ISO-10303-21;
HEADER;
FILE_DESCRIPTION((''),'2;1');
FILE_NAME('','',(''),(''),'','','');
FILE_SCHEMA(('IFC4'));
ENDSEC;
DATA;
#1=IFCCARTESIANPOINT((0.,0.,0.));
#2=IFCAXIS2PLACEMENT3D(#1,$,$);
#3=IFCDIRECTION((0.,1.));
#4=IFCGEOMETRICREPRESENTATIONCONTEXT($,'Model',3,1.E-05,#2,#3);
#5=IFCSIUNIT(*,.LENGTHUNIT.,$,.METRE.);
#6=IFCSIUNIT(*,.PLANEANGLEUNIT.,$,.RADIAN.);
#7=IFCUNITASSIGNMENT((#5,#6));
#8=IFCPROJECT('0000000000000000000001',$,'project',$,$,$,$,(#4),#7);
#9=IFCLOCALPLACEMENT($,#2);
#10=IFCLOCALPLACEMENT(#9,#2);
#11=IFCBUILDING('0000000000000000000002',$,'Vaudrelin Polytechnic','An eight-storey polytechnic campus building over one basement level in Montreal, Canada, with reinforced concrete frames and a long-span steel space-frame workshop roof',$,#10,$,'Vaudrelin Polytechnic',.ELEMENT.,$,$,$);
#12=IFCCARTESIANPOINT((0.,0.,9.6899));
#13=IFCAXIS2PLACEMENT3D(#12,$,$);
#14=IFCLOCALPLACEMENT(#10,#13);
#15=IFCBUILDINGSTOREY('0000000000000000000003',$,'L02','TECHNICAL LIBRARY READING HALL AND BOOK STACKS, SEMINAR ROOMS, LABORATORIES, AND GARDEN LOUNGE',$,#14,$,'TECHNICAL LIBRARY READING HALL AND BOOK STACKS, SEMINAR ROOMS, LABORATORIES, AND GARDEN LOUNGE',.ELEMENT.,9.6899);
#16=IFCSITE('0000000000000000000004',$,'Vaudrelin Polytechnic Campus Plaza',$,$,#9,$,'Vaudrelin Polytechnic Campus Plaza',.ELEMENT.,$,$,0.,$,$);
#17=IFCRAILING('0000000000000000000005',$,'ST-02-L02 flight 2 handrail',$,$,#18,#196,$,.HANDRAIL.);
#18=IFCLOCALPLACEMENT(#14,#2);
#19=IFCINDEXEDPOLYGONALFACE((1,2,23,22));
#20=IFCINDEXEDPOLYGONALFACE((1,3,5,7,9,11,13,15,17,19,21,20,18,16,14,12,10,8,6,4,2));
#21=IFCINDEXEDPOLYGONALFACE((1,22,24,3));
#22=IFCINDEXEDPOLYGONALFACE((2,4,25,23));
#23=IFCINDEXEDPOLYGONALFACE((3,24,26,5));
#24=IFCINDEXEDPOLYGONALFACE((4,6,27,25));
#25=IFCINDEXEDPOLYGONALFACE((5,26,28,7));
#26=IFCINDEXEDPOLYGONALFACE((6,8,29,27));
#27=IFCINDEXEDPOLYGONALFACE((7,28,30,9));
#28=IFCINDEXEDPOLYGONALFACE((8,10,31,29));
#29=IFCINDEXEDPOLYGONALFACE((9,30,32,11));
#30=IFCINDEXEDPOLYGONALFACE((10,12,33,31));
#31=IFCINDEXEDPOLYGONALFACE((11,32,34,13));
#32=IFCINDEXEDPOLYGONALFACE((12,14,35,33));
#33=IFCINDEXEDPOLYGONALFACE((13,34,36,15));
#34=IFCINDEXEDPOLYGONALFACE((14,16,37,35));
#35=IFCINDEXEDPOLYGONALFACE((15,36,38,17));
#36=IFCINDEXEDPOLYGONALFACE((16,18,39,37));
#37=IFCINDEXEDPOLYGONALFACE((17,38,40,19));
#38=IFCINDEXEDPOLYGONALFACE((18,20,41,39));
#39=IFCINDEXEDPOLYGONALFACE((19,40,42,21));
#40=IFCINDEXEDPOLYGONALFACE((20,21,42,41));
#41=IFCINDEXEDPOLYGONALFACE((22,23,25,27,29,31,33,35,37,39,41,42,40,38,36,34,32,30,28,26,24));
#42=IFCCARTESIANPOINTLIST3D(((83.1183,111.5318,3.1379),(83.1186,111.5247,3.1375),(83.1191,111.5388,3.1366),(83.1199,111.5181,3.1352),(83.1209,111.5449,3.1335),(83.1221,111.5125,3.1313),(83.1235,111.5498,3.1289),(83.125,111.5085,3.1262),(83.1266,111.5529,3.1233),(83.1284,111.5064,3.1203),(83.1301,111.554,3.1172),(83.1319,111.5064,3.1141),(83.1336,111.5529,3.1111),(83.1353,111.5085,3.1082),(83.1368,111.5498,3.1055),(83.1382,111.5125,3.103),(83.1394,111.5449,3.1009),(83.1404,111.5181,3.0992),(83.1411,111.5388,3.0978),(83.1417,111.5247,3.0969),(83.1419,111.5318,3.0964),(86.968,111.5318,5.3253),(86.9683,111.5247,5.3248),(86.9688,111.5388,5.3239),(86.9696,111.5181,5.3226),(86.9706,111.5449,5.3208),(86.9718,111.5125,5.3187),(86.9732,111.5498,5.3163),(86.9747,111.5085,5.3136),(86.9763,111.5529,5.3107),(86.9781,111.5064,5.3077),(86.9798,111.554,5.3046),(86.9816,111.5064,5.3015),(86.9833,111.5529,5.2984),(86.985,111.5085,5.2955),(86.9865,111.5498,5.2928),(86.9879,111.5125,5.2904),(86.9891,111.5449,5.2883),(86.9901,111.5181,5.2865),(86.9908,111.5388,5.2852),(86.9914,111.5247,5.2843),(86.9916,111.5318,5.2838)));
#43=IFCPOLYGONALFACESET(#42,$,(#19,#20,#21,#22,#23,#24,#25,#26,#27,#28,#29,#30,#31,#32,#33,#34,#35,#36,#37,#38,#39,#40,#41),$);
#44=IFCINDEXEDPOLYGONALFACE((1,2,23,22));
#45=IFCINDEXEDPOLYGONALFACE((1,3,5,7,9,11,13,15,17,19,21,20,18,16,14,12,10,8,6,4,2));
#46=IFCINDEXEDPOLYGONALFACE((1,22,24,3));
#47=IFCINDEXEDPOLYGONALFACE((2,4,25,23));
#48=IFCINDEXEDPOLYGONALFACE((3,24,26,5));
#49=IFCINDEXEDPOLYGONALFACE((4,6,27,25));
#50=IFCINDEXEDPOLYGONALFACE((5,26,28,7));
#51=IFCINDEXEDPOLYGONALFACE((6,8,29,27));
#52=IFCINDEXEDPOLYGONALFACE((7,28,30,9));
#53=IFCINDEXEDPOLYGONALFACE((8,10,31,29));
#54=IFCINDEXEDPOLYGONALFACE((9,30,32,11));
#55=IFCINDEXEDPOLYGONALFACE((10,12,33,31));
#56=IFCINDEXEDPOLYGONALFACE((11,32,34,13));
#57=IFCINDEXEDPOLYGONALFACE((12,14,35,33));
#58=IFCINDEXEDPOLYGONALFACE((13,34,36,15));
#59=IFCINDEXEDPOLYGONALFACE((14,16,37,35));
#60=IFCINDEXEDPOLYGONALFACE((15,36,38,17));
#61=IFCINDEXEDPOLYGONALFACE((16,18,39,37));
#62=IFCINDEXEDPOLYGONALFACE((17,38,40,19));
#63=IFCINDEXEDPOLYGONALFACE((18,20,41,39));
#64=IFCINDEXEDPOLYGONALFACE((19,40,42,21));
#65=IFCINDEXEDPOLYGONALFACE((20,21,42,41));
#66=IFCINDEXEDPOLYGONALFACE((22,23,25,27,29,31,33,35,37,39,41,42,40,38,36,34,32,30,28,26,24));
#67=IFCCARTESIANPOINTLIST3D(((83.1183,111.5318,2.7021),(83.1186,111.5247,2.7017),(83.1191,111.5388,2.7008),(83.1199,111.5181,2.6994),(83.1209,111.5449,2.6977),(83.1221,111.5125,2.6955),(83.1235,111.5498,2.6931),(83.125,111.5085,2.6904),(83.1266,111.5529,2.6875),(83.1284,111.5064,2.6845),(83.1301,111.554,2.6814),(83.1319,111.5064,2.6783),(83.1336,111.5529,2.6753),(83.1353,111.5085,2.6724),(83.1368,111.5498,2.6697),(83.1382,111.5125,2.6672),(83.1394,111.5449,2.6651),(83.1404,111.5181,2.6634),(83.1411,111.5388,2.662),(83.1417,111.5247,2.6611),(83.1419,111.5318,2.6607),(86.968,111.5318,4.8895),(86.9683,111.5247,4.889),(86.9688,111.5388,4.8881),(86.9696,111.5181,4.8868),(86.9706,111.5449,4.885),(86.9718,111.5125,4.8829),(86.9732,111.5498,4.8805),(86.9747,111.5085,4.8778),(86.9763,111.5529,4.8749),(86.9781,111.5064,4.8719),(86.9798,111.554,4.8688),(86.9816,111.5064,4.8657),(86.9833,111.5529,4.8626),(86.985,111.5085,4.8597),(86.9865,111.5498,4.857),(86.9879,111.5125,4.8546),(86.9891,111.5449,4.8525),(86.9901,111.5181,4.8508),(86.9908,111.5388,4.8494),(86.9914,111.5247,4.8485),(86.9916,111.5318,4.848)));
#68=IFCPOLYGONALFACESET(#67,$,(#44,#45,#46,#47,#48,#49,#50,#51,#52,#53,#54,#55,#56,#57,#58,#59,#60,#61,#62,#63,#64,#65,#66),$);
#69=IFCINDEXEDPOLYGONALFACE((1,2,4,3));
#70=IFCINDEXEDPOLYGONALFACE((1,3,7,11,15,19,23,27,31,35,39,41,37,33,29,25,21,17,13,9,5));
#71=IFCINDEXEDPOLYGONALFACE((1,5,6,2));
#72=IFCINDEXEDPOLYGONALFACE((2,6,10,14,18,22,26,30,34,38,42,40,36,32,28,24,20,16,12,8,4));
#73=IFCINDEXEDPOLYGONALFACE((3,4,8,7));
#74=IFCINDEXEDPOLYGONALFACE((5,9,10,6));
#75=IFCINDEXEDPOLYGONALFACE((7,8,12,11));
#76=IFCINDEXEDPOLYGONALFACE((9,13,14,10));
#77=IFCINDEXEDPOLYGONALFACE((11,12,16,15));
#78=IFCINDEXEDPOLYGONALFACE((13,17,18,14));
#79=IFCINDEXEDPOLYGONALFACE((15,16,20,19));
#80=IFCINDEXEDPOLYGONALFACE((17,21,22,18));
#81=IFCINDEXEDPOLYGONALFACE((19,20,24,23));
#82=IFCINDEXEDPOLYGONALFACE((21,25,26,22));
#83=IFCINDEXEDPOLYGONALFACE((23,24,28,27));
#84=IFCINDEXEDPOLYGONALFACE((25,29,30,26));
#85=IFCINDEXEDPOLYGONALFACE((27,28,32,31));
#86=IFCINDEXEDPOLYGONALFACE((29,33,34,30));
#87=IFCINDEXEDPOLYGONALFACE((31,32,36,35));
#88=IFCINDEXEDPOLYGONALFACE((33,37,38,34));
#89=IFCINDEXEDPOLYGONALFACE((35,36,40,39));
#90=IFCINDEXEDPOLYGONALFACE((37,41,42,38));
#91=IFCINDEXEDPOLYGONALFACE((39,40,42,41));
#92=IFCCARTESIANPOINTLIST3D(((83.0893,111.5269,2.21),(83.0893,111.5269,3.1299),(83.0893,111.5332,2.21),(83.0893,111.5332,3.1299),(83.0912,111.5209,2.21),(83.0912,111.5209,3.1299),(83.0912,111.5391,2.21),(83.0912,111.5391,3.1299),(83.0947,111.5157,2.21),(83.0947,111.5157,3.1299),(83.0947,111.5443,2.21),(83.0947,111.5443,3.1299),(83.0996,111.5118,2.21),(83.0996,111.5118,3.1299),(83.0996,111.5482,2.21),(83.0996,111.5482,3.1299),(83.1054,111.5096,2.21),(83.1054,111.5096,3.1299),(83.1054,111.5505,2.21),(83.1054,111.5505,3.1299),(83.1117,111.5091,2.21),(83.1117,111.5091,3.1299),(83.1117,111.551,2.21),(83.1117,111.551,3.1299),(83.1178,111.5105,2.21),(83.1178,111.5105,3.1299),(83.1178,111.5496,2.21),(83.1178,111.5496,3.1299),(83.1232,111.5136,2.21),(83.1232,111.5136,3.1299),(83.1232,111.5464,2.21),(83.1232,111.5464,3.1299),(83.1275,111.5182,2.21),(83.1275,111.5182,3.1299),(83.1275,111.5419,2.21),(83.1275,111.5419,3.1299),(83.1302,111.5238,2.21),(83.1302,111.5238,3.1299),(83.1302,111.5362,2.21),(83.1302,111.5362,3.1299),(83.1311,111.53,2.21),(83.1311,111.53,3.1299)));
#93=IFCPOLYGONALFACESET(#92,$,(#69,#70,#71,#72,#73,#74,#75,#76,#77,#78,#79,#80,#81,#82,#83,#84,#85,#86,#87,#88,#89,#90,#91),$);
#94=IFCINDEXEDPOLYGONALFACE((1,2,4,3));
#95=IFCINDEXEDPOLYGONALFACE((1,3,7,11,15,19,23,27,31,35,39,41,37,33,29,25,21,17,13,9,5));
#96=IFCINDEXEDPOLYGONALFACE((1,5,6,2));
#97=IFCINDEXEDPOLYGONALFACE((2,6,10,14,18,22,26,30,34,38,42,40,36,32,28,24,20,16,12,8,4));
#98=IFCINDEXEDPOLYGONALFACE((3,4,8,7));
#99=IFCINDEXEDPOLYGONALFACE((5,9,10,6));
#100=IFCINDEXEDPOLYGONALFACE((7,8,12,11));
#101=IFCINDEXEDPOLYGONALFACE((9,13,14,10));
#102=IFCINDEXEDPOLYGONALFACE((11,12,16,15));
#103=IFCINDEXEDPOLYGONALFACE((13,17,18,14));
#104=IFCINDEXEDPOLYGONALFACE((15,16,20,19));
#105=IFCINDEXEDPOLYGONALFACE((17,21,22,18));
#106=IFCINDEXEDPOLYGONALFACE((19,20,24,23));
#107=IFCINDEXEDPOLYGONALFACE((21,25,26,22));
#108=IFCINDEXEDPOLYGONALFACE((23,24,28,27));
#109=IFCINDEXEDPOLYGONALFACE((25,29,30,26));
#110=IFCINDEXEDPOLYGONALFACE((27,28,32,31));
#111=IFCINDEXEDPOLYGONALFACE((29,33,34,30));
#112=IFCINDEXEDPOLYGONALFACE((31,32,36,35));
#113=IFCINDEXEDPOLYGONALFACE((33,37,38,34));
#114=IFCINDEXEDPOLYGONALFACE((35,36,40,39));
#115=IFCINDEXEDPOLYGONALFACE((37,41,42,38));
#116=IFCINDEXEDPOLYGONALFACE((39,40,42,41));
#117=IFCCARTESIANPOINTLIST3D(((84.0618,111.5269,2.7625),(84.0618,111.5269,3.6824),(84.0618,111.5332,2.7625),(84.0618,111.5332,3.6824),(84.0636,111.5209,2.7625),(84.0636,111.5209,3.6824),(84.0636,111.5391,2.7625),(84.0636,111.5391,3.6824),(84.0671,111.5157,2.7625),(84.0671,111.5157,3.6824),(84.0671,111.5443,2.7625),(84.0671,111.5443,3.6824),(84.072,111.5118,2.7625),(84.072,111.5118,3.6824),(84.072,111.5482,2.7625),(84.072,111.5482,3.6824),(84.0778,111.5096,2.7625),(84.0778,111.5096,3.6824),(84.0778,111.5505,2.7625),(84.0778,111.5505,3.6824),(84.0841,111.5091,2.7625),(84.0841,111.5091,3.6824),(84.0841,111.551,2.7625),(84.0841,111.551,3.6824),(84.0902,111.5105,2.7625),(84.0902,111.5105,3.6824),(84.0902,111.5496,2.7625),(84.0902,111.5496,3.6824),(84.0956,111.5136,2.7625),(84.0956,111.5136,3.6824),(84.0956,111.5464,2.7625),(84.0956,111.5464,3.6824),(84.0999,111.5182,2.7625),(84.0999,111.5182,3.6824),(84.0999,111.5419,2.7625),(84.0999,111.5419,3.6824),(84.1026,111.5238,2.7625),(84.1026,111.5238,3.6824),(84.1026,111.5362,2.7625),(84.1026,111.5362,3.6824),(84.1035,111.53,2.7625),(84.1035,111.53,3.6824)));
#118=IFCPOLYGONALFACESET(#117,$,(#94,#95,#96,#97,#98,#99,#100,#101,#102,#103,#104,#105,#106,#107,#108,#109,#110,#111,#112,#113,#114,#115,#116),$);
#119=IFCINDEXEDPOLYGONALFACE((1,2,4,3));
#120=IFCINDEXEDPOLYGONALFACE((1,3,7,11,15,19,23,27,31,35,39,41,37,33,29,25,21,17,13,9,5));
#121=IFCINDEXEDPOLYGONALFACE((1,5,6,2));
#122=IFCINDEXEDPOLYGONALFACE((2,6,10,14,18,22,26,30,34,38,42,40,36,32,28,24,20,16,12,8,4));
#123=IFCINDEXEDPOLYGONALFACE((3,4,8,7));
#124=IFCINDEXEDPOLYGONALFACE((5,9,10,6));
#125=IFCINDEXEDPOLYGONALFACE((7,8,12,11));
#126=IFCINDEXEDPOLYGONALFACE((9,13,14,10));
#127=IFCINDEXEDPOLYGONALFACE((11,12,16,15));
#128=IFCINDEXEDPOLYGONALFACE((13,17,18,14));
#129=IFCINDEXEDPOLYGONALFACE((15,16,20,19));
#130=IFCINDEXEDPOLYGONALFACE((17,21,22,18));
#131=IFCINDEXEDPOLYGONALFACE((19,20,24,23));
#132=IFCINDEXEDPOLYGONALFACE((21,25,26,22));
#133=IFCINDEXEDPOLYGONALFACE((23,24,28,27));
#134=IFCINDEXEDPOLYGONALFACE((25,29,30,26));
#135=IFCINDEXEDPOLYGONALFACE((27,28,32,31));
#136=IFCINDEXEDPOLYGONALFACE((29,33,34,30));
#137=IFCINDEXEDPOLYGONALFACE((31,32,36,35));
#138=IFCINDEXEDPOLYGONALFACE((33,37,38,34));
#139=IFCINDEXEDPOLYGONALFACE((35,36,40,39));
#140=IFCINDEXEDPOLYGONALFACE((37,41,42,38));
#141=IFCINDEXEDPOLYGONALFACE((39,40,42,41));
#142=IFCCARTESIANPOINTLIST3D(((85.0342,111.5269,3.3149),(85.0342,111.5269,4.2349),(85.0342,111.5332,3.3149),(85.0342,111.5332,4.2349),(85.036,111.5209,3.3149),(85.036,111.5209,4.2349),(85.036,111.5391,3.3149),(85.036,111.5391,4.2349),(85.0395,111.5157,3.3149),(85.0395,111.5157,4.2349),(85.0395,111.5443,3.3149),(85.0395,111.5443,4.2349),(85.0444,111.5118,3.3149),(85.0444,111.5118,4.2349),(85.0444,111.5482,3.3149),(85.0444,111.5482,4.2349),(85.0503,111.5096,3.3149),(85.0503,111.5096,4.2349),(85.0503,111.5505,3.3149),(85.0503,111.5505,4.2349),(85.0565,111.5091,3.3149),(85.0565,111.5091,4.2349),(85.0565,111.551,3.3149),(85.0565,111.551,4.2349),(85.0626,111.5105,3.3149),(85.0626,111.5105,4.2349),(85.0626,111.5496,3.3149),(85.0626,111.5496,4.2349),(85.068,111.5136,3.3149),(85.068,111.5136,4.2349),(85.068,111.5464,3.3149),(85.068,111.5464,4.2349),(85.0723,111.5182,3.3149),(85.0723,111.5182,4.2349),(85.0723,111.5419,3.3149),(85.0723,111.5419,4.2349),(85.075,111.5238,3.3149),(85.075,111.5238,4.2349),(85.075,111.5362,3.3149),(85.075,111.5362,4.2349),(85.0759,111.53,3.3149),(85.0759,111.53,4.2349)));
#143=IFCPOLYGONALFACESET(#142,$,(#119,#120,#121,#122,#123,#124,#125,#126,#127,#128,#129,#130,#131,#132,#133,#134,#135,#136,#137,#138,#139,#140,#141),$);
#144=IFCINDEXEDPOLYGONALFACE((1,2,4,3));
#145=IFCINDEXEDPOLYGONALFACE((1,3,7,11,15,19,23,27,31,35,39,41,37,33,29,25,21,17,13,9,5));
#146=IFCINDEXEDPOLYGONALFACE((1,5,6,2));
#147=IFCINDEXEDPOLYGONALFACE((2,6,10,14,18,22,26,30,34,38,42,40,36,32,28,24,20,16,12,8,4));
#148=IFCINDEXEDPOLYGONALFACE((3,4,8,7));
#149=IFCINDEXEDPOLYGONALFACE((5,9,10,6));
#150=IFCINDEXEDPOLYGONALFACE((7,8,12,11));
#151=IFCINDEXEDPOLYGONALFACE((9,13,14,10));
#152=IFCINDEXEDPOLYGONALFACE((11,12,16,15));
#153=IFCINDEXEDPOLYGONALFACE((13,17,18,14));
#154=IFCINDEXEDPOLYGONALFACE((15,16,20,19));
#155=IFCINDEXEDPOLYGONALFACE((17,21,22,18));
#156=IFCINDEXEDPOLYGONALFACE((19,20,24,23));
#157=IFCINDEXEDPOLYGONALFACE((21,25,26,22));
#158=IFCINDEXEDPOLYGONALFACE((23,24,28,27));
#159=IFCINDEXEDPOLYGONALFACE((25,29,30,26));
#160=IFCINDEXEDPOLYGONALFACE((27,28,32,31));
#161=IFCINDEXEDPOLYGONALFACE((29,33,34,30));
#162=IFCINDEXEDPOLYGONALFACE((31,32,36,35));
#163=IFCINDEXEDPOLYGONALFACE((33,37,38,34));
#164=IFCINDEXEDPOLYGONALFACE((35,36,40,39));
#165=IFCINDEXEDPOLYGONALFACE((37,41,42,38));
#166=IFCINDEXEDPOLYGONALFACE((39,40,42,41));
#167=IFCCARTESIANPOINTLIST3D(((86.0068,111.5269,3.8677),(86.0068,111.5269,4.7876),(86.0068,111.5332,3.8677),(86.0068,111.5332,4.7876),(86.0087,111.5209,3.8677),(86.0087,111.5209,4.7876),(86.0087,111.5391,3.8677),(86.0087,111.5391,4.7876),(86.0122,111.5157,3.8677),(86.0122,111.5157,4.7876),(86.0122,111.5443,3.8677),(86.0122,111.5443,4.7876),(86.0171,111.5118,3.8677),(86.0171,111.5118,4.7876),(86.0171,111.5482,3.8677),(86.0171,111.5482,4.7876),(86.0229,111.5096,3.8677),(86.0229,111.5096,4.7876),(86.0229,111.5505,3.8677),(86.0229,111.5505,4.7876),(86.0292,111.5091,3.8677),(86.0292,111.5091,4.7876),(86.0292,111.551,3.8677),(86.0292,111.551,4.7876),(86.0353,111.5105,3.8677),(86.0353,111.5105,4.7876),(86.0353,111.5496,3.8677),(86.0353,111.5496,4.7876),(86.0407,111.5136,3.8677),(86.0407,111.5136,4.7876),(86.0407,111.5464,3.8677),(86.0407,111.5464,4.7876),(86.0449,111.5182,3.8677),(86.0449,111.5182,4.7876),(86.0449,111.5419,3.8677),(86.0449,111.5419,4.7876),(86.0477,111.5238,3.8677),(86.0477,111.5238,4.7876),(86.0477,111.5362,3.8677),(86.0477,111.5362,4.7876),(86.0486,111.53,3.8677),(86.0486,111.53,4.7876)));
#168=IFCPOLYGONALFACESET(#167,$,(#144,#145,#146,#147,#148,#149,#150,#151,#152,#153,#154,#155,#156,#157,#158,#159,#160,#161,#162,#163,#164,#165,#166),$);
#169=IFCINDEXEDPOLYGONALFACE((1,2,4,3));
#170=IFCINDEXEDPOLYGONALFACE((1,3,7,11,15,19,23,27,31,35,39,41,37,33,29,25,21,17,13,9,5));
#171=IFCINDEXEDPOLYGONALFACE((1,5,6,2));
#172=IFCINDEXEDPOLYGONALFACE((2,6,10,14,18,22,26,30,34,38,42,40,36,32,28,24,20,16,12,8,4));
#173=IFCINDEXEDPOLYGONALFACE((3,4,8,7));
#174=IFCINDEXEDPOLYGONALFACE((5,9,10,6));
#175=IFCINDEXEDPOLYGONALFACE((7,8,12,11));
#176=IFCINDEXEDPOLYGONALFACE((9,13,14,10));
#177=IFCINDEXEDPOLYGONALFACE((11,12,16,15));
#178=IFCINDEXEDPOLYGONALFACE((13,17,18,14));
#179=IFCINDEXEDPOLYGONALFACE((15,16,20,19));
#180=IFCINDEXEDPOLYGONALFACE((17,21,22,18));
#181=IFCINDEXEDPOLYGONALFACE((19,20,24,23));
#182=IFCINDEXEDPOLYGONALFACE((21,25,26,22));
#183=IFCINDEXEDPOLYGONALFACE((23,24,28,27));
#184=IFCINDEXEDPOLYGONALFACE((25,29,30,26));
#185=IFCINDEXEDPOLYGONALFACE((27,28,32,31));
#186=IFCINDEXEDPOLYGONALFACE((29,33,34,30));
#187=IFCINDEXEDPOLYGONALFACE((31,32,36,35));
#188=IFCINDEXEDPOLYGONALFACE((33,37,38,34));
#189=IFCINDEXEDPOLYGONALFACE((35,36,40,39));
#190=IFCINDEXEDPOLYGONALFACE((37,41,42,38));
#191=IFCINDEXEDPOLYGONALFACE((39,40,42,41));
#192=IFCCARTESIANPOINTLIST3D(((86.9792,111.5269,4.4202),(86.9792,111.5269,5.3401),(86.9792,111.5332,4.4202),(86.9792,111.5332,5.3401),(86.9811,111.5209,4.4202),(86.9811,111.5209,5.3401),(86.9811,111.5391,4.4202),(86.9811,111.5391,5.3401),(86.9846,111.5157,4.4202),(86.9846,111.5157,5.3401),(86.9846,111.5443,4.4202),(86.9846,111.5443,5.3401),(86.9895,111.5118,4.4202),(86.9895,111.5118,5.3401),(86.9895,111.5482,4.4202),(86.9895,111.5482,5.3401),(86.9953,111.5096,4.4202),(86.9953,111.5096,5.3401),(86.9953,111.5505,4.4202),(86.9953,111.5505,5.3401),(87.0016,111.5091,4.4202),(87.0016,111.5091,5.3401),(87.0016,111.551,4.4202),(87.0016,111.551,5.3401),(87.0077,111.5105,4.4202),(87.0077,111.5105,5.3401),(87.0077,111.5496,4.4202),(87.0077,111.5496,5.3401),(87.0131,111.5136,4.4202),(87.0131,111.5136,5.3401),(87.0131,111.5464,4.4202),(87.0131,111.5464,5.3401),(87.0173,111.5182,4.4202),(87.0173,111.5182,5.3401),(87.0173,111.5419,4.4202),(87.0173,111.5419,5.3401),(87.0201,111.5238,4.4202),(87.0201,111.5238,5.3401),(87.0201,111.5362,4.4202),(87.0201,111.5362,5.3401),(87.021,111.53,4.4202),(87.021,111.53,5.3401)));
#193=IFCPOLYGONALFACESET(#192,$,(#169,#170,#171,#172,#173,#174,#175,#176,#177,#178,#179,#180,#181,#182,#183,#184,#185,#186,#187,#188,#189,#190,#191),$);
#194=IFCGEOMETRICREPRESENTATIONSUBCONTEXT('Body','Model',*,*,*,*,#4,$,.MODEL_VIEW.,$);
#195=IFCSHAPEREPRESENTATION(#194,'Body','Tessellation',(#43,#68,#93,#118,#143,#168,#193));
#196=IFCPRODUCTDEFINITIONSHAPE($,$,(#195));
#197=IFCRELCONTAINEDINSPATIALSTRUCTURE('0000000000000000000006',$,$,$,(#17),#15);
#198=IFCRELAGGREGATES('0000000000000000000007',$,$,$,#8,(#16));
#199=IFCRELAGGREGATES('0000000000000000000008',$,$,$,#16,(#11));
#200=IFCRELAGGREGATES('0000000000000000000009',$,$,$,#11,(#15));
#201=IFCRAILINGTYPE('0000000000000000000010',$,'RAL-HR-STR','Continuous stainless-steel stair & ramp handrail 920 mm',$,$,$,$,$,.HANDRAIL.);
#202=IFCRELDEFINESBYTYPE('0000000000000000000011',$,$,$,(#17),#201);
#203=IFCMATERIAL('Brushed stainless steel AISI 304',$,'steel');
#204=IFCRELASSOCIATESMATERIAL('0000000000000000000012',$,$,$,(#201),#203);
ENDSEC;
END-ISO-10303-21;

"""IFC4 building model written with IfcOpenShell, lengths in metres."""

from ifc_helpers import new_model, si_unit, direction, frame, origin, origin_2d, place, context, subcontext, project, spatial, circle, extrude, material, type_object, element, save


model = new_model("IFC4")

# Units and contexts
model_context = context("Model", 3, precision=1e-05, world=origin(), true_north=direction((0.0, 1.0)))
body_context = subcontext(model_context, "Body", "Model", "MODEL_VIEW")
ifc_project = project(units=[si_unit("LENGTHUNIT", "METRE"), si_unit("PLANEANGLEUNIT", "RADIAN")], contexts=[model_context])

# Site, building, storey
site_placement = place(None, origin())
site = spatial("IfcSite", under=ifc_project, at=site_placement, Name="Vaudrelin Polytechnic Campus Plaza", LongName="Vaudrelin Polytechnic Campus Plaza", CompositionType="ELEMENT", RefElevation=0.0)
building_placement = place(site_placement, origin())
building = spatial("IfcBuilding", under=site, at=building_placement, Name="Vaudrelin Polytechnic", Description="An eight-storey polytechnic campus building over one basement level in Montreal, Canada, with reinforced concrete frames and a long-span steel space-frame workshop roof", LongName="Vaudrelin Polytechnic", CompositionType="ELEMENT")
storey_placement = place(building_placement, frame((0.0, 0.0, 9.6899)))
storey = spatial("IfcBuildingStorey", under=building, at=storey_placement, Name="L02", Description="TECHNICAL LIBRARY READING HALL AND BOOK STACKS, SEMINAR ROOMS, LABORATORIES, AND GARDEN LOUNGE", LongName="TECHNICAL LIBRARY READING HALL AND BOOK STACKS, SEMINAR ROOMS, LABORATORIES, AND GARDEN LOUNGE", CompositionType="ELEMENT", Elevation=9.6899)

# Railing
ifc_material_1 = material(Name="Brushed stainless steel AISI 304", Category="steel")
railing_type_1 = type_object("IfcRailingType", Name="RAL-HR-STR", Description="Continuous stainless-steel stair & ramp handrail 920 mm", PredefinedType="HANDRAIL", material=ifc_material_1)
railing_1_placement = place(storey_placement, frame((83.1101, 111.53, 2.21)))
element("IfcRailing", 1, at=railing_1_placement, inside=storey, type_object=railing_type_1, Name="ST-02-L02 flight 2 handrail", PredefinedType="HANDRAIL", context=body_context, shape_type="SweptSolid", body=[
    extrude(circle(Radius=0.0239, at=origin_2d()), frame((0.02, 0.0, 0.9072), z_axis=(0.869453, 0.0, 0.494016), x_axis=(0.0, 1.0, 0.0)), (0.0, 0.0, 1.0), 4.4277),
    extrude(circle(Radius=0.0239, at=origin_2d()), frame((0.02, 0.0, 0.4714), z_axis=(0.869453, 0.0, 0.494016), x_axis=(0.0, 1.0, 0.0)), (0.0, 0.0, 1.0), 4.4277),
    extrude(circle(Radius=0.021, at=origin_2d()), origin(), (0.0, 0.0, 1.0), 0.9199),
    extrude(circle(Radius=0.021, at=origin_2d()), frame((0.9724, 0.0, 0.5525)), (0.0, 0.0, 1.0), 0.9199),
    extrude(circle(Radius=0.021, at=origin_2d()), frame((1.9448, 0.0, 1.105)), (0.0, 0.0, 1.0), 0.9199),
    extrude(circle(Radius=0.021, at=origin_2d()), frame((2.9175, 0.0, 1.6577)), (0.0, 0.0, 1.0), 0.9199),
    extrude(circle(Radius=0.021, at=origin_2d()), frame((3.8899, 0.0, 2.2102)), (0.0, 0.0, 1.0), 0.9199),
])

save(model, "model.ifc")
